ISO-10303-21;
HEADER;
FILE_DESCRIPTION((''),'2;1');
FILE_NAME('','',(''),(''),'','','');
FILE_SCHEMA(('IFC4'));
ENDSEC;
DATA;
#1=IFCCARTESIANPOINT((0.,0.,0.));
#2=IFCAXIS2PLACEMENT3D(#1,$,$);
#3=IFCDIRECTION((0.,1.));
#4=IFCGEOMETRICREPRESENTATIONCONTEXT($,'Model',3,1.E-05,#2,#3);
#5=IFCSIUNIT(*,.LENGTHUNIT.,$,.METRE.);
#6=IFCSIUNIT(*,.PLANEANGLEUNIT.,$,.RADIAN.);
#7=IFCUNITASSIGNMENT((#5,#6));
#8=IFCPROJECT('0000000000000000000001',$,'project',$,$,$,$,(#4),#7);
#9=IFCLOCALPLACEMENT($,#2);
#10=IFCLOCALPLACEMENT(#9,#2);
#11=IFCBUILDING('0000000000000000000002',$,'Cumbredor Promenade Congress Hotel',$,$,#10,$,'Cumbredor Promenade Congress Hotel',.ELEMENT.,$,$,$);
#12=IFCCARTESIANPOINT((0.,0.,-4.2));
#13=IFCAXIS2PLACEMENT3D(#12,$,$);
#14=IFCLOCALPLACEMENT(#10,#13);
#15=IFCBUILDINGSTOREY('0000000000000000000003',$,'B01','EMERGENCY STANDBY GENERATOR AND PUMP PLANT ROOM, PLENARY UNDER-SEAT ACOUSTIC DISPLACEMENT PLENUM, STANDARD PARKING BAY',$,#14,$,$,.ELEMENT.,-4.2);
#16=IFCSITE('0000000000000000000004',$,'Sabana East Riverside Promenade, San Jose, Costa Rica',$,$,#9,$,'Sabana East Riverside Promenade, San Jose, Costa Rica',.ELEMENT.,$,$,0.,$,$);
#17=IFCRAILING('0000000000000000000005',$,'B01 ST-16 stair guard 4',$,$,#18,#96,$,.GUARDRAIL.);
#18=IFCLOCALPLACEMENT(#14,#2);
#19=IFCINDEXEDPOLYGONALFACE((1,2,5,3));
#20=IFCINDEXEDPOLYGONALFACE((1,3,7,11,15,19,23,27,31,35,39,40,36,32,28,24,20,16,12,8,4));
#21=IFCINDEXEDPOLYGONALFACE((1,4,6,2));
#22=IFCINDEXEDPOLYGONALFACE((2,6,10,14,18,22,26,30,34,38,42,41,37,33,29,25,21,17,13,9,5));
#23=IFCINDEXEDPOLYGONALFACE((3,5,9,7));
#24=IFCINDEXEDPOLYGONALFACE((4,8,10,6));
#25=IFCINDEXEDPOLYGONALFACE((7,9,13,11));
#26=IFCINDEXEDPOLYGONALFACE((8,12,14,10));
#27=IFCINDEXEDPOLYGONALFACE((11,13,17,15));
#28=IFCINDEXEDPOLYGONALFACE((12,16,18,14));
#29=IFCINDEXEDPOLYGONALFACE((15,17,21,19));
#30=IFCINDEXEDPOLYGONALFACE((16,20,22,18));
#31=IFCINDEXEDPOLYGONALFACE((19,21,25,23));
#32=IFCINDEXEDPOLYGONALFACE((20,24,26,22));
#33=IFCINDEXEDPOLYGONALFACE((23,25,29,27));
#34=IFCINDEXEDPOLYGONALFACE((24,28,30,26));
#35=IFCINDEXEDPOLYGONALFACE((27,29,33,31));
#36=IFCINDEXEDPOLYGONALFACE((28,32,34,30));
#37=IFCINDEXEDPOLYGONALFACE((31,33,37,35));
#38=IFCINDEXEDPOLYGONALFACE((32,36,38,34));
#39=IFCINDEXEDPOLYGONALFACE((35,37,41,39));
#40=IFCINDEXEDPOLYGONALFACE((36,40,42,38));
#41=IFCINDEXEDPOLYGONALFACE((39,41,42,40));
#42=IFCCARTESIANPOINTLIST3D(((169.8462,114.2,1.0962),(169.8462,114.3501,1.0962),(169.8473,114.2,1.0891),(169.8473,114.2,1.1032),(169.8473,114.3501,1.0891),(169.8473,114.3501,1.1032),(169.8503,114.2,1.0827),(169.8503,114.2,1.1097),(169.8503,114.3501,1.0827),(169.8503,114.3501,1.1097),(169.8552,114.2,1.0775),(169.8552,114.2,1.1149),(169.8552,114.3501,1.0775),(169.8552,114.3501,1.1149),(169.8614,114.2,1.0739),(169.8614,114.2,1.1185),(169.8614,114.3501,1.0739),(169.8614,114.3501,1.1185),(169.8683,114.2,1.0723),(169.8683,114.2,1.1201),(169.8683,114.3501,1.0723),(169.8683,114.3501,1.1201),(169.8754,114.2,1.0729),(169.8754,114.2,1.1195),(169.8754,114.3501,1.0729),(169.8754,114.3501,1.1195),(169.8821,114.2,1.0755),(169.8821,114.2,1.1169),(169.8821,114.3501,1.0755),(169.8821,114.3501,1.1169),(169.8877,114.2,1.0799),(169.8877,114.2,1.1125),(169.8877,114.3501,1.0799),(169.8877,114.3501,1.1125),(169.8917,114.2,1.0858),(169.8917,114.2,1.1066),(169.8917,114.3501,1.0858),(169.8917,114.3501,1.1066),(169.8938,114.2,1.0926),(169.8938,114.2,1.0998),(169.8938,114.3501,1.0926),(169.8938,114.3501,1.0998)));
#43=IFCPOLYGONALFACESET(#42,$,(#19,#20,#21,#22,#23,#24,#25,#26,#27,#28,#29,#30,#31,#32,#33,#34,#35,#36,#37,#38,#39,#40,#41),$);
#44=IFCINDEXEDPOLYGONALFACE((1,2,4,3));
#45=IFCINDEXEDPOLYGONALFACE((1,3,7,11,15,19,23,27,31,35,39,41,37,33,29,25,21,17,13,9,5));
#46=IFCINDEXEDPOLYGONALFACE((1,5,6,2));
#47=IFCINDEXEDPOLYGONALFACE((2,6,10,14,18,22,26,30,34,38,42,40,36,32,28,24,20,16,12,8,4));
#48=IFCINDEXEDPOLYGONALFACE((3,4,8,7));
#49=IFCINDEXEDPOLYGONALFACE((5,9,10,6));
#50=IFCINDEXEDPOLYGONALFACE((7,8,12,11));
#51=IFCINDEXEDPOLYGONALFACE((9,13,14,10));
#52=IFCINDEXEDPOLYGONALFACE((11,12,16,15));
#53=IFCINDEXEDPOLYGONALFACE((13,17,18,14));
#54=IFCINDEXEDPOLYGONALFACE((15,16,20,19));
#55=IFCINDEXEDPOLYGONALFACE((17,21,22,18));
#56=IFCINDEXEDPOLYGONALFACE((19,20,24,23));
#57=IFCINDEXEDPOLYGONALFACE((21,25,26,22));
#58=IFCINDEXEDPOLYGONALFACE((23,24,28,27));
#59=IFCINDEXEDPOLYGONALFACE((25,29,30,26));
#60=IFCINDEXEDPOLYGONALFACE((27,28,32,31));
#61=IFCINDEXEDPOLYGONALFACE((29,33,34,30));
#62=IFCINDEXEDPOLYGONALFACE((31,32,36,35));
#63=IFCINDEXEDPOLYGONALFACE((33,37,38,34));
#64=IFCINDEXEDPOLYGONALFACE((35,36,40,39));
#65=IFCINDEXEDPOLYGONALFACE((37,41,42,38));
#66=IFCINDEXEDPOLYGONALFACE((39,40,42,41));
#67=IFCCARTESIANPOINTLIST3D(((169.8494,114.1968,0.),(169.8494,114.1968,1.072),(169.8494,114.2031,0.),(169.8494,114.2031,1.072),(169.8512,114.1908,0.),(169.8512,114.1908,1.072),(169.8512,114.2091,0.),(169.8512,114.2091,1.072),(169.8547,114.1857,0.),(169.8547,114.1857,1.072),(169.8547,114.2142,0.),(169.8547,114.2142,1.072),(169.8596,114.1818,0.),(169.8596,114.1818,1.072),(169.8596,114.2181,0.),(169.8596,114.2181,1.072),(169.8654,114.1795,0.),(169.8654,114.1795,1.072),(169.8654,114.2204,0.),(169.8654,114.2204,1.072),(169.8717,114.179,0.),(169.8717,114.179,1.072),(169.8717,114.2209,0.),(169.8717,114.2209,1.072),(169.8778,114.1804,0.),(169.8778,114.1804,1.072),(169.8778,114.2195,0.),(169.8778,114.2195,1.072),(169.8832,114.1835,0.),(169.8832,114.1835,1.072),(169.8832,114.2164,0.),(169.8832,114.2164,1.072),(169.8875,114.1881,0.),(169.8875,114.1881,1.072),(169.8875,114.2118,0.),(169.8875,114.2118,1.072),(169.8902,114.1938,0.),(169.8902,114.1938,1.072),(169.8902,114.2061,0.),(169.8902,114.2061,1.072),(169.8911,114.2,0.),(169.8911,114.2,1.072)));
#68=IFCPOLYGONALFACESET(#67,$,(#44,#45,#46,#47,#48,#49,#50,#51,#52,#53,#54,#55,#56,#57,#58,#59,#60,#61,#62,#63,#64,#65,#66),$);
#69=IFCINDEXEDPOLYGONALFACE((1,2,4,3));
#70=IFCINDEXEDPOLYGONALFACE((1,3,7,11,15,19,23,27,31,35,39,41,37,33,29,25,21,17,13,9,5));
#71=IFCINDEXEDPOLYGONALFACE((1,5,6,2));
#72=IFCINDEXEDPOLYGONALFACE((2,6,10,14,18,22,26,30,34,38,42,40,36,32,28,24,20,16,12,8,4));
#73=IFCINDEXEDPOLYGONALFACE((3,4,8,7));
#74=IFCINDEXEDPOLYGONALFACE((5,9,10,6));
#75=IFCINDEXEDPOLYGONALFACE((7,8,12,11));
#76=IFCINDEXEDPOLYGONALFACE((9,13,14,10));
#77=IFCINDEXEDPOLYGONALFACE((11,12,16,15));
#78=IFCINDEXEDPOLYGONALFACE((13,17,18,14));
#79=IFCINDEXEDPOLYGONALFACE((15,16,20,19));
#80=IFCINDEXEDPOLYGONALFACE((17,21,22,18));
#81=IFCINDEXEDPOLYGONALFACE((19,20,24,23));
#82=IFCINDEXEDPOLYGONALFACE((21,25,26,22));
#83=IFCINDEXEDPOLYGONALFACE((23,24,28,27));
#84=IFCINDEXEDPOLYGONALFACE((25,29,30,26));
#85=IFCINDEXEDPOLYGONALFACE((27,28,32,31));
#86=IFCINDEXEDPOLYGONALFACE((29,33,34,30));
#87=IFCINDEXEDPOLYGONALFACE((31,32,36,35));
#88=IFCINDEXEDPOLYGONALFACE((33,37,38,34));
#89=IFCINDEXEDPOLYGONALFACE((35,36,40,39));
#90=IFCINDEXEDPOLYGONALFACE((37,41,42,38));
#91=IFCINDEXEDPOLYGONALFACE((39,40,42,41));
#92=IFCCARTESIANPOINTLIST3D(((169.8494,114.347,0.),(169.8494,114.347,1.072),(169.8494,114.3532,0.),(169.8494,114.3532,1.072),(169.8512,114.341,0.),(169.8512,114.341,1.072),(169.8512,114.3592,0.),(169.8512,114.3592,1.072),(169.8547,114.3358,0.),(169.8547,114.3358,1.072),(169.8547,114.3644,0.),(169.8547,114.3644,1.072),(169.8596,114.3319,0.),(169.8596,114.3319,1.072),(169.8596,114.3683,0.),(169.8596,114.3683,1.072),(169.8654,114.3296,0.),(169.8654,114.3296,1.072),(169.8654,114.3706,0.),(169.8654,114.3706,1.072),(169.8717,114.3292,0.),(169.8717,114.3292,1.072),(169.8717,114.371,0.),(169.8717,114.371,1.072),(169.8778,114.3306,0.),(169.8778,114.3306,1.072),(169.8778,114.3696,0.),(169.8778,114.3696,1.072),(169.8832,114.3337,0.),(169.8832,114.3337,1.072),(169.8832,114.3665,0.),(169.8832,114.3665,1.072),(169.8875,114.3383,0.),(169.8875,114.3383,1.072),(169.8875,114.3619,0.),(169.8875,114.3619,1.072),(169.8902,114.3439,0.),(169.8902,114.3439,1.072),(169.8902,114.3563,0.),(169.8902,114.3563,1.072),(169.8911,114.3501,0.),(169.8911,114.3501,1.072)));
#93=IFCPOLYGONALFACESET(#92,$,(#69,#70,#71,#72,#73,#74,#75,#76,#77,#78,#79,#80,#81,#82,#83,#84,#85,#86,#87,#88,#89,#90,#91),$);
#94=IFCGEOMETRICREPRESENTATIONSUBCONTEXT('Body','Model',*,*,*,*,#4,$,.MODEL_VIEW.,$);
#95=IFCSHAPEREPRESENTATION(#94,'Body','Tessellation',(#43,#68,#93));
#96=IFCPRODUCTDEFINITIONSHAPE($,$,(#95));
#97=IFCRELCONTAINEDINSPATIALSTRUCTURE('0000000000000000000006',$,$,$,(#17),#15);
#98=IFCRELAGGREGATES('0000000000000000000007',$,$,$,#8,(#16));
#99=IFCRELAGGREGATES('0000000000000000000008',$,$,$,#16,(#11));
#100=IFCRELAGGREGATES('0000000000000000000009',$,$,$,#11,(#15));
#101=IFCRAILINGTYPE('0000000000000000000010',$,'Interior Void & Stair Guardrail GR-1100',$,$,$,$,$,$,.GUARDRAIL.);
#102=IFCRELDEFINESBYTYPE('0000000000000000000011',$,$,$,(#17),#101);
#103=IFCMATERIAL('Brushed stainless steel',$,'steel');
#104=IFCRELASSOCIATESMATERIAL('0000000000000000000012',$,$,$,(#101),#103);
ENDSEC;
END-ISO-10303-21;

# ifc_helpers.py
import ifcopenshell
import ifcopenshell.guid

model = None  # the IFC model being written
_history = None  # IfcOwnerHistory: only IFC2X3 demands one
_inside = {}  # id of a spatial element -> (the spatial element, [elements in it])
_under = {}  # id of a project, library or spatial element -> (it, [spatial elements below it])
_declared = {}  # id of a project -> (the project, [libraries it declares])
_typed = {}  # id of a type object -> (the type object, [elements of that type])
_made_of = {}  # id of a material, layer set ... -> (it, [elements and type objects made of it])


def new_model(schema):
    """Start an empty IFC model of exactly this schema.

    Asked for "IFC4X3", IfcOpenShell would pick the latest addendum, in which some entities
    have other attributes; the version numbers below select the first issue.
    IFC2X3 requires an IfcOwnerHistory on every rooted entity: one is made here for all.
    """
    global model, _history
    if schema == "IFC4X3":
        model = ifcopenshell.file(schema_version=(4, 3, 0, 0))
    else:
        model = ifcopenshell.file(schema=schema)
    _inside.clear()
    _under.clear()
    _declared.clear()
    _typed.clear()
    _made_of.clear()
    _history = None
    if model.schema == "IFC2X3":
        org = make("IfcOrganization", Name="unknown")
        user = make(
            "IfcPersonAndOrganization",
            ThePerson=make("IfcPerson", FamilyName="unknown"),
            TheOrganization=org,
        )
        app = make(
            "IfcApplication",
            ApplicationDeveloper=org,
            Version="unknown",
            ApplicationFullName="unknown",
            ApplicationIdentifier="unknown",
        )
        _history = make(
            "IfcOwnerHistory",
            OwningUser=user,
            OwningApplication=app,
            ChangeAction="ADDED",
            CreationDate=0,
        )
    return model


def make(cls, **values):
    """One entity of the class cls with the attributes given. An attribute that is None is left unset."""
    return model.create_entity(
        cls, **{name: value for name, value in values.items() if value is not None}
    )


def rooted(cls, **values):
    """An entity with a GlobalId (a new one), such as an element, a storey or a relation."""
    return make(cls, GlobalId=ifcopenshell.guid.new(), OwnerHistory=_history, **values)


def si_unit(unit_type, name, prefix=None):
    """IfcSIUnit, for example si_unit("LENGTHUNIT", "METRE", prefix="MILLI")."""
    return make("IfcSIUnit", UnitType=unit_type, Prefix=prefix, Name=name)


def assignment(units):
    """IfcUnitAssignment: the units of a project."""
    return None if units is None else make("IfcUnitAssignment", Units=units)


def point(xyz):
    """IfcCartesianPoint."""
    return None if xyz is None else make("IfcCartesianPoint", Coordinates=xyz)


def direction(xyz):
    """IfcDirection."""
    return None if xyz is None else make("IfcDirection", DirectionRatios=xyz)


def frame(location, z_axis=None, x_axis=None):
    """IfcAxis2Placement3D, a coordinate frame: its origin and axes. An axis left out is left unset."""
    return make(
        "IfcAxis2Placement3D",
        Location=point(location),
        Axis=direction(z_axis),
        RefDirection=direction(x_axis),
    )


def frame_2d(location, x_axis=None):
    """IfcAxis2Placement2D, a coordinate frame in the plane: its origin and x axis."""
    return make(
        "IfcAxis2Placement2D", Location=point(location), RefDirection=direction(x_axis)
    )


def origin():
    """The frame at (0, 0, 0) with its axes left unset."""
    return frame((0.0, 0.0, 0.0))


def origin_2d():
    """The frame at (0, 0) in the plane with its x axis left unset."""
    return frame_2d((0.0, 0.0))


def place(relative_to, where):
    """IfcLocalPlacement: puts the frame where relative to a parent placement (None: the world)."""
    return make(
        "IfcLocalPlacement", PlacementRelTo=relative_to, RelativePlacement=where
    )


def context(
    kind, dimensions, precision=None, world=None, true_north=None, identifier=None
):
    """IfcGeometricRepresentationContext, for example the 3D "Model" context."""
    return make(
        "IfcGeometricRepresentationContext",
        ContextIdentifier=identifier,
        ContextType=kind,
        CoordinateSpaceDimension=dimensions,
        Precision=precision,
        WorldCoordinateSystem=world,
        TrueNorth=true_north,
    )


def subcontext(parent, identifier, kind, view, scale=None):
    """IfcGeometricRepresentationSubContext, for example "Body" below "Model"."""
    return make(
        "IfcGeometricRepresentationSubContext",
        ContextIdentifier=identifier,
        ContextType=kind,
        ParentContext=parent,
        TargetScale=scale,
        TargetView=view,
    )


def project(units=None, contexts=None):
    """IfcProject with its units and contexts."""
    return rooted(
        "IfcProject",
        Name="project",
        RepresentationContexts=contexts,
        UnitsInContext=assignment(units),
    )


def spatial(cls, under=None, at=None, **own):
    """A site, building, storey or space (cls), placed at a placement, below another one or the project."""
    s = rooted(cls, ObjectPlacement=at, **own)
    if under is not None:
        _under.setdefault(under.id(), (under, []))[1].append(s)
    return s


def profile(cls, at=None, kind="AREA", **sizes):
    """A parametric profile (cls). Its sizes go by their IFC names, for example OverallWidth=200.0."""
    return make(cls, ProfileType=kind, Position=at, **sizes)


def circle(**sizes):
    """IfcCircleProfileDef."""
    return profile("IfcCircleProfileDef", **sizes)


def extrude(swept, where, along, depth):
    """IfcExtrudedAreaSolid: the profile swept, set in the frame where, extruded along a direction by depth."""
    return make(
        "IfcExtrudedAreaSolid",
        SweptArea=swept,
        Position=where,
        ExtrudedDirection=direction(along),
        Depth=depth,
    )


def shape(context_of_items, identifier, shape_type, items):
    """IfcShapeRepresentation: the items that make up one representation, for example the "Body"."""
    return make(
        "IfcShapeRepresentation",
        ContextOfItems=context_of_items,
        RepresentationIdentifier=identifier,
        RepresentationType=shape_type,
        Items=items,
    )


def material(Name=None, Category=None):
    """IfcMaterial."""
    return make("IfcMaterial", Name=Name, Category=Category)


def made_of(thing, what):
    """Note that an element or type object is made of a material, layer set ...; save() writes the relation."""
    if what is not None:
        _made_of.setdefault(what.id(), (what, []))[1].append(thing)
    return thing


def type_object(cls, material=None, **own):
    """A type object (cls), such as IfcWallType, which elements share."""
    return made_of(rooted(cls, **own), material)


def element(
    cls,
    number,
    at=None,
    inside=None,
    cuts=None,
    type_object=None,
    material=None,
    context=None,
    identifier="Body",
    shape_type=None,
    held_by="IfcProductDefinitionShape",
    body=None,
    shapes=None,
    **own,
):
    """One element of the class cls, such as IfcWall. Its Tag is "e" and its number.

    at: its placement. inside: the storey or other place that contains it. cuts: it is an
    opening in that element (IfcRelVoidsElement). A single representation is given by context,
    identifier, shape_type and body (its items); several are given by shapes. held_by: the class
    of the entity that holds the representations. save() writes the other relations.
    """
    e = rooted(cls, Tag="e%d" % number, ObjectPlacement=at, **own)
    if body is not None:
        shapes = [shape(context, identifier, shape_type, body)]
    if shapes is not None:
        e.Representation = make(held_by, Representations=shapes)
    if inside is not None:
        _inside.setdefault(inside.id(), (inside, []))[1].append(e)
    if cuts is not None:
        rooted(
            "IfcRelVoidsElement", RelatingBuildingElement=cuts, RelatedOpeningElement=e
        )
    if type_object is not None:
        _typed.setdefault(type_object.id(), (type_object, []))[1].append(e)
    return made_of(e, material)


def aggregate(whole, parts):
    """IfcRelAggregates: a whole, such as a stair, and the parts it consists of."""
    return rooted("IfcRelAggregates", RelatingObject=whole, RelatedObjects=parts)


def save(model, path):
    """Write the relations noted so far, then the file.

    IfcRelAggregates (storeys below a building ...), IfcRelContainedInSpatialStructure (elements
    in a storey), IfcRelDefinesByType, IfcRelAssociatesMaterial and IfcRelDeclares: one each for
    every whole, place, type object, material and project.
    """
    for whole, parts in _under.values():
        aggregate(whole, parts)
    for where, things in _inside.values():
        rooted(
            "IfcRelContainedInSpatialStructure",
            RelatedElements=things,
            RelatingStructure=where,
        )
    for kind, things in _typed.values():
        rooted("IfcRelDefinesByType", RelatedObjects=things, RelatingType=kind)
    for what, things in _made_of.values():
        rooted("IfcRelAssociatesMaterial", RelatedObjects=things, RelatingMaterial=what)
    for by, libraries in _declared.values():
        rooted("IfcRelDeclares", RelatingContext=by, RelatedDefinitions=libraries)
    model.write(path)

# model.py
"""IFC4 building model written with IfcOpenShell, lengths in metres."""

from ifc_helpers import new_model, si_unit, direction, frame, origin, origin_2d, place, context, subcontext, project, spatial, circle, extrude, material, type_object, element, save


model = new_model("IFC4")

# Units and contexts
model_context = context("Model", 3, precision=1e-05, world=origin(), true_north=direction((0.0, 1.0)))
body_context = subcontext(model_context, "Body", "Model", "MODEL_VIEW")
ifc_project = project(units=[si_unit("LENGTHUNIT", "METRE"), si_unit("PLANEANGLEUNIT", "RADIAN")], contexts=[model_context])

# Site, building, storey
site_placement = place(None, origin())
site = spatial("IfcSite", under=ifc_project, at=site_placement, Name="Sabana East Riverside Promenade, San Jose, Costa Rica", LongName="Sabana East Riverside Promenade, San Jose, Costa Rica", CompositionType="ELEMENT", RefElevation=0.0)
building_placement = place(site_placement, origin())
building = spatial("IfcBuilding", under=site, at=building_placement, Name="Cumbredor Promenade Congress Hotel", LongName="Cumbredor Promenade Congress Hotel", CompositionType="ELEMENT")
storey_placement = place(building_placement, frame((0.0, 0.0, -4.2)))
storey = spatial("IfcBuildingStorey", under=building, at=storey_placement, Name="B01", Description="EMERGENCY STANDBY GENERATOR AND PUMP PLANT ROOM, PLENARY UNDER-SEAT ACOUSTIC DISPLACEMENT PLENUM, STANDARD PARKING BAY", CompositionType="ELEMENT", Elevation=-4.2)

# Railing
ifc_material_1 = material(Name="Brushed stainless steel", Category="steel")
railing_type_1 = type_object("IfcRailingType", Name="Interior Void & Stair Guardrail GR-1100", PredefinedType="GUARDRAIL", material=ifc_material_1)
railing_1_placement = place(storey_placement, frame((169.8701, 114.2, 0.0)))
element("IfcRailing", 1, at=railing_1_placement, inside=storey, type_object=railing_type_1, Name="B01 ST-16 stair guard 4", PredefinedType="GUARDRAIL", context=body_context, shape_type="SweptSolid", body=[
    extrude(circle(Radius=0.0239, at=origin_2d()), frame((0.0, 0.0, 1.0962), z_axis=(0.0, 1.0, 0.0), x_axis=(-1.0, 0.0, 0.0)), (0.0, 0.0, 1.0), 0.1501),
    extrude(circle(Radius=0.021, at=origin_2d()), origin(), (0.0, 0.0, 1.0), 1.072),
    extrude(circle(Radius=0.021, at=origin_2d()), frame((0.0, 0.1501, 0.0)), (0.0, 0.0, 1.0), 1.072),
])

save(model, "model.ifc")
